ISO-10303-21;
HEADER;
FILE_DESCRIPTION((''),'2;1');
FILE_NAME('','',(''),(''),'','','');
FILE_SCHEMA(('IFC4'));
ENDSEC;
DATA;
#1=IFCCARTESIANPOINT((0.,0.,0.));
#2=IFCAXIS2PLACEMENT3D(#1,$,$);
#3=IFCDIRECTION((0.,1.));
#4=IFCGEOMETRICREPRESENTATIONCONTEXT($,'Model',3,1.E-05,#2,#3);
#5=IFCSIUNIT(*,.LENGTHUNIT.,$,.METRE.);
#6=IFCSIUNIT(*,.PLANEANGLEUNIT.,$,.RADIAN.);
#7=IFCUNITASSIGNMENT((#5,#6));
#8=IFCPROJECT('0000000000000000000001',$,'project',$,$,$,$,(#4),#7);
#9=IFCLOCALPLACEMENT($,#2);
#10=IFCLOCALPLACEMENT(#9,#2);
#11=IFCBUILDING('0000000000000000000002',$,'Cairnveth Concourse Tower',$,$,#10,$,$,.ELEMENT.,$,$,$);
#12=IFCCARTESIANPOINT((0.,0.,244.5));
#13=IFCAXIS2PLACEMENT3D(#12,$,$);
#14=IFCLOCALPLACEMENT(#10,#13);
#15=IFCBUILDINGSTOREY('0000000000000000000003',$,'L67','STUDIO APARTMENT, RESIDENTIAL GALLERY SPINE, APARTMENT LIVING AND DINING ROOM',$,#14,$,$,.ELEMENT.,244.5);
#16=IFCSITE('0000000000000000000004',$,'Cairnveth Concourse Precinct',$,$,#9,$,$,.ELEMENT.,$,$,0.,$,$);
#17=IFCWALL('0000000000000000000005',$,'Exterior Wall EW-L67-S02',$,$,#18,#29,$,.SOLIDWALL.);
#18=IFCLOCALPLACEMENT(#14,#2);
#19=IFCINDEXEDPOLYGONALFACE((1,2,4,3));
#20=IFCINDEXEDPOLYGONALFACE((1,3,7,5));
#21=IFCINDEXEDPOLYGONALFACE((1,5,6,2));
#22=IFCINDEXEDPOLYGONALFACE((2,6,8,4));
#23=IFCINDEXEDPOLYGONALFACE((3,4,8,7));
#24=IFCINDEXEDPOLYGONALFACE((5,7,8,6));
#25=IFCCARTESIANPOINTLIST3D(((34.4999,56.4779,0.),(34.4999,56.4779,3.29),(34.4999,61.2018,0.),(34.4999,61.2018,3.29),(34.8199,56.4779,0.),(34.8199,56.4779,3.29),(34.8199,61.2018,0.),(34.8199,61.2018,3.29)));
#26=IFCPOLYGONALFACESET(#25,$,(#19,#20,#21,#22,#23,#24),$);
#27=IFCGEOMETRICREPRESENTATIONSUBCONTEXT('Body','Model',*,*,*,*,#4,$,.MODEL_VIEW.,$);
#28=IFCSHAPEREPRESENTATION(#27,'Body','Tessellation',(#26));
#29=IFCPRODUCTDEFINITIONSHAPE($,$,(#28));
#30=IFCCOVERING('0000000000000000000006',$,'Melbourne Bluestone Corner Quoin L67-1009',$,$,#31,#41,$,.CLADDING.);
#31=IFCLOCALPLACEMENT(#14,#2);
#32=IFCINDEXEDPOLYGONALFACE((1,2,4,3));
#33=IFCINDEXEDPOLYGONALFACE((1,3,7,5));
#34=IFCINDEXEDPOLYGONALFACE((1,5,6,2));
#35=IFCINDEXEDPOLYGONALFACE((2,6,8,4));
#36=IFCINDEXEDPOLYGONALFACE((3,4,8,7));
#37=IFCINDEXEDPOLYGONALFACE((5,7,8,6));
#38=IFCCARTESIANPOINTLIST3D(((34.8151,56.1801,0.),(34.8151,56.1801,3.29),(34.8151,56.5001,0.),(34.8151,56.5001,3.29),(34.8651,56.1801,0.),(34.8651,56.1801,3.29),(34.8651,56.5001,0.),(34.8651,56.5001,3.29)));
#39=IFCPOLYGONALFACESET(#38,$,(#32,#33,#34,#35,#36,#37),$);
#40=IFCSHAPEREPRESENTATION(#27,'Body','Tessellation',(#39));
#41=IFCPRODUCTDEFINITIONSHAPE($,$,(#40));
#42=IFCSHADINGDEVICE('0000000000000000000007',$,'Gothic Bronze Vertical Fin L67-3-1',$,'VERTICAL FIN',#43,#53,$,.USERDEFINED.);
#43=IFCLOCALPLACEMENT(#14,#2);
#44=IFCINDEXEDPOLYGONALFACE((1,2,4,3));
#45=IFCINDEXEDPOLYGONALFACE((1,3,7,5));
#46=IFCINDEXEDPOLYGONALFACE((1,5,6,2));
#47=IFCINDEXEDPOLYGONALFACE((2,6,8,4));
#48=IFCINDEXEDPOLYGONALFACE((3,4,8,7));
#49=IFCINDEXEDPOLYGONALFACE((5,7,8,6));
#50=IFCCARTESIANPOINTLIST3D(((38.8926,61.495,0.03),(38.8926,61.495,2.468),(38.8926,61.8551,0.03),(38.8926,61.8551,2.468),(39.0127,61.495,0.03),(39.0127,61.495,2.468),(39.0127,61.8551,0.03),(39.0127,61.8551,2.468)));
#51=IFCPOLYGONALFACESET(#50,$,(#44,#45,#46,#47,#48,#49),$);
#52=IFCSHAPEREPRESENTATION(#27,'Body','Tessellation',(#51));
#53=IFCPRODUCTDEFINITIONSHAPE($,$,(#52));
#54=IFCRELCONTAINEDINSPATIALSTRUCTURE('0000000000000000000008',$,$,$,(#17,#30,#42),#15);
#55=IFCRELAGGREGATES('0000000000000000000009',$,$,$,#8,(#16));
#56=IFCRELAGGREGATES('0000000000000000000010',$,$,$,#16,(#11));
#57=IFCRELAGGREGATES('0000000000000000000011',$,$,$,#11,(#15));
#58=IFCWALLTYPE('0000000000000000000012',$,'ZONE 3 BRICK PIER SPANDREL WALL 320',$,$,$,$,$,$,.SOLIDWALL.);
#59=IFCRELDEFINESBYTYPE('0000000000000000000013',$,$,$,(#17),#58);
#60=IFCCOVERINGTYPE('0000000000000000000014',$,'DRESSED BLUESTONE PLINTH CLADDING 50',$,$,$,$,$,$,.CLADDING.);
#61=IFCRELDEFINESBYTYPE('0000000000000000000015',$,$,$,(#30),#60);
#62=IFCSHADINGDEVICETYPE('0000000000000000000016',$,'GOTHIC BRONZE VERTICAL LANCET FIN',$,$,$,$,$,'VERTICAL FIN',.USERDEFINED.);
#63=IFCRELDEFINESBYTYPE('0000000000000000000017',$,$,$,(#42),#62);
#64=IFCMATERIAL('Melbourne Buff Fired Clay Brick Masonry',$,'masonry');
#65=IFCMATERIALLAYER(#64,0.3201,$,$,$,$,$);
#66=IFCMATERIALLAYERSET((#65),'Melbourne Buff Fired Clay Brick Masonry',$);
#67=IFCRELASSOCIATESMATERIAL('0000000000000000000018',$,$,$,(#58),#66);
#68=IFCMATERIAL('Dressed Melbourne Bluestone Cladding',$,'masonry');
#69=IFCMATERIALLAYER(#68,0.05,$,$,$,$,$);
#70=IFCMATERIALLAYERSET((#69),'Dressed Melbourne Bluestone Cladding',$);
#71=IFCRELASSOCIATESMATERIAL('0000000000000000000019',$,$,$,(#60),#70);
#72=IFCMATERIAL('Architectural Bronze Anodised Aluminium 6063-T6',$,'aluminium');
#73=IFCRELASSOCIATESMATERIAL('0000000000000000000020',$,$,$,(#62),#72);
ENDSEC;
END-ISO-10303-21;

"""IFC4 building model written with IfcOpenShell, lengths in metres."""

from ifc_helpers import new_model, si_unit, direction, frame, frame_2d, origin, origin_2d, place, context, subcontext, project, spatial, rectangle, extrude, material, layer, layer_set, type_object, element, save


model = new_model("IFC4")

# Units and contexts
model_context = context("Model", 3, precision=1e-05, world=origin(), true_north=direction((0.0, 1.0)))
body_context = subcontext(model_context, "Body", "Model", "MODEL_VIEW")
ifc_project = project(units=[si_unit("LENGTHUNIT", "METRE"), si_unit("PLANEANGLEUNIT", "RADIAN")], contexts=[model_context])

# Site, building, storey
site_placement = place(None, origin())
site = spatial("IfcSite", under=ifc_project, at=site_placement, Name="Cairnveth Concourse Precinct", CompositionType="ELEMENT", RefElevation=0.0)
building_placement = place(site_placement, origin())
building = spatial("IfcBuilding", under=site, at=building_placement, Name="Cairnveth Concourse Tower", CompositionType="ELEMENT")
storey_placement = place(building_placement, frame((0.0, 0.0, 244.5)))
storey = spatial("IfcBuildingStorey", under=building, at=storey_placement, Name="L67", Description="STUDIO APARTMENT, RESIDENTIAL GALLERY SPINE, APARTMENT LIVING AND DINING ROOM", CompositionType="ELEMENT", Elevation=244.5)

# Wall
ifc_material_1 = material(Name="Melbourne Buff Fired Clay Brick Masonry", Category="masonry")
ifc_layer_1 = layer(ifc_material_1, 0.3201)
ifc_layer_set_1 = layer_set([ifc_layer_1], Name="Melbourne Buff Fired Clay Brick Masonry")
wall_type_1 = type_object("IfcWallType", Name="ZONE 3 BRICK PIER SPANDREL WALL 320", PredefinedType="SOLIDWALL", material=ifc_layer_set_1)
wall_1_placement = place(storey_placement, frame((34.6599, 56.478, 0.0), z_axis=(0.0, 0.0, 1.0), x_axis=(0.0, 1.0, 0.0)))
element("IfcWall", 1, at=wall_1_placement, inside=storey, type_object=wall_type_1, Name="Exterior Wall EW-L67-S02", PredefinedType="SOLIDWALL", context=body_context, shape_type="SweptSolid", body=[
    extrude(rectangle(XDim=4.7239, YDim=0.3201, at=frame_2d((2.3618, 0.0))), origin(), (0.0, 0.0, 1.0), 3.29),
])

# Covering
ifc_material_2 = material(Name="Dressed Melbourne Bluestone Cladding", Category="masonry")
ifc_layer_2 = layer(ifc_material_2, 0.05)
ifc_layer_set_2 = layer_set([ifc_layer_2], Name="Dressed Melbourne Bluestone Cladding")
covering_type = type_object("IfcCoveringType", Name="DRESSED BLUESTONE PLINTH CLADDING 50", PredefinedType="CLADDING", material=ifc_layer_set_2)
covering_placement = place(storey_placement, frame((34.8401, 56.1799, 0.0), z_axis=(0.0, 0.0, 1.0), x_axis=(0.0, 1.0, 0.0)))
element("IfcCovering", 2, at=covering_placement, inside=storey, type_object=covering_type, Name="Melbourne Bluestone Corner Quoin L67-1009", PredefinedType="CLADDING", context=body_context, shape_type="SweptSolid", body=[
    extrude(rectangle(XDim=0.3201, YDim=0.05, at=frame_2d((0.1602, 0.0))), origin(), (0.0, 0.0, 1.0), 3.29),
])

# Shading device
ifc_material_3 = material(Name="Architectural Bronze Anodised Aluminium 6063-T6", Category="aluminium")
shading_device_type = type_object("IfcShadingDeviceType", Name="GOTHIC BRONZE VERTICAL LANCET FIN", ElementType="VERTICAL FIN", PredefinedType="USERDEFINED", material=ifc_material_3)
shading_device_placement = place(storey_placement, frame((38.9526, 61.675, 0.03), z_axis=(0.0, 0.0, 1.0), x_axis=(1.0, 0.0, 0.0)))
element("IfcShadingDevice", 3, at=shading_device_placement, inside=storey, type_object=shading_device_type, Name="Gothic Bronze Vertical Fin L67-3-1", ObjectType="VERTICAL FIN", PredefinedType="USERDEFINED", context=body_context, shape_type="SweptSolid", body=[
    extrude(rectangle(XDim=0.1201, YDim=0.3601, at=origin_2d()), origin(), (0.0, 0.0, 1.0), 2.438),
])

save(model, "model.ifc")
